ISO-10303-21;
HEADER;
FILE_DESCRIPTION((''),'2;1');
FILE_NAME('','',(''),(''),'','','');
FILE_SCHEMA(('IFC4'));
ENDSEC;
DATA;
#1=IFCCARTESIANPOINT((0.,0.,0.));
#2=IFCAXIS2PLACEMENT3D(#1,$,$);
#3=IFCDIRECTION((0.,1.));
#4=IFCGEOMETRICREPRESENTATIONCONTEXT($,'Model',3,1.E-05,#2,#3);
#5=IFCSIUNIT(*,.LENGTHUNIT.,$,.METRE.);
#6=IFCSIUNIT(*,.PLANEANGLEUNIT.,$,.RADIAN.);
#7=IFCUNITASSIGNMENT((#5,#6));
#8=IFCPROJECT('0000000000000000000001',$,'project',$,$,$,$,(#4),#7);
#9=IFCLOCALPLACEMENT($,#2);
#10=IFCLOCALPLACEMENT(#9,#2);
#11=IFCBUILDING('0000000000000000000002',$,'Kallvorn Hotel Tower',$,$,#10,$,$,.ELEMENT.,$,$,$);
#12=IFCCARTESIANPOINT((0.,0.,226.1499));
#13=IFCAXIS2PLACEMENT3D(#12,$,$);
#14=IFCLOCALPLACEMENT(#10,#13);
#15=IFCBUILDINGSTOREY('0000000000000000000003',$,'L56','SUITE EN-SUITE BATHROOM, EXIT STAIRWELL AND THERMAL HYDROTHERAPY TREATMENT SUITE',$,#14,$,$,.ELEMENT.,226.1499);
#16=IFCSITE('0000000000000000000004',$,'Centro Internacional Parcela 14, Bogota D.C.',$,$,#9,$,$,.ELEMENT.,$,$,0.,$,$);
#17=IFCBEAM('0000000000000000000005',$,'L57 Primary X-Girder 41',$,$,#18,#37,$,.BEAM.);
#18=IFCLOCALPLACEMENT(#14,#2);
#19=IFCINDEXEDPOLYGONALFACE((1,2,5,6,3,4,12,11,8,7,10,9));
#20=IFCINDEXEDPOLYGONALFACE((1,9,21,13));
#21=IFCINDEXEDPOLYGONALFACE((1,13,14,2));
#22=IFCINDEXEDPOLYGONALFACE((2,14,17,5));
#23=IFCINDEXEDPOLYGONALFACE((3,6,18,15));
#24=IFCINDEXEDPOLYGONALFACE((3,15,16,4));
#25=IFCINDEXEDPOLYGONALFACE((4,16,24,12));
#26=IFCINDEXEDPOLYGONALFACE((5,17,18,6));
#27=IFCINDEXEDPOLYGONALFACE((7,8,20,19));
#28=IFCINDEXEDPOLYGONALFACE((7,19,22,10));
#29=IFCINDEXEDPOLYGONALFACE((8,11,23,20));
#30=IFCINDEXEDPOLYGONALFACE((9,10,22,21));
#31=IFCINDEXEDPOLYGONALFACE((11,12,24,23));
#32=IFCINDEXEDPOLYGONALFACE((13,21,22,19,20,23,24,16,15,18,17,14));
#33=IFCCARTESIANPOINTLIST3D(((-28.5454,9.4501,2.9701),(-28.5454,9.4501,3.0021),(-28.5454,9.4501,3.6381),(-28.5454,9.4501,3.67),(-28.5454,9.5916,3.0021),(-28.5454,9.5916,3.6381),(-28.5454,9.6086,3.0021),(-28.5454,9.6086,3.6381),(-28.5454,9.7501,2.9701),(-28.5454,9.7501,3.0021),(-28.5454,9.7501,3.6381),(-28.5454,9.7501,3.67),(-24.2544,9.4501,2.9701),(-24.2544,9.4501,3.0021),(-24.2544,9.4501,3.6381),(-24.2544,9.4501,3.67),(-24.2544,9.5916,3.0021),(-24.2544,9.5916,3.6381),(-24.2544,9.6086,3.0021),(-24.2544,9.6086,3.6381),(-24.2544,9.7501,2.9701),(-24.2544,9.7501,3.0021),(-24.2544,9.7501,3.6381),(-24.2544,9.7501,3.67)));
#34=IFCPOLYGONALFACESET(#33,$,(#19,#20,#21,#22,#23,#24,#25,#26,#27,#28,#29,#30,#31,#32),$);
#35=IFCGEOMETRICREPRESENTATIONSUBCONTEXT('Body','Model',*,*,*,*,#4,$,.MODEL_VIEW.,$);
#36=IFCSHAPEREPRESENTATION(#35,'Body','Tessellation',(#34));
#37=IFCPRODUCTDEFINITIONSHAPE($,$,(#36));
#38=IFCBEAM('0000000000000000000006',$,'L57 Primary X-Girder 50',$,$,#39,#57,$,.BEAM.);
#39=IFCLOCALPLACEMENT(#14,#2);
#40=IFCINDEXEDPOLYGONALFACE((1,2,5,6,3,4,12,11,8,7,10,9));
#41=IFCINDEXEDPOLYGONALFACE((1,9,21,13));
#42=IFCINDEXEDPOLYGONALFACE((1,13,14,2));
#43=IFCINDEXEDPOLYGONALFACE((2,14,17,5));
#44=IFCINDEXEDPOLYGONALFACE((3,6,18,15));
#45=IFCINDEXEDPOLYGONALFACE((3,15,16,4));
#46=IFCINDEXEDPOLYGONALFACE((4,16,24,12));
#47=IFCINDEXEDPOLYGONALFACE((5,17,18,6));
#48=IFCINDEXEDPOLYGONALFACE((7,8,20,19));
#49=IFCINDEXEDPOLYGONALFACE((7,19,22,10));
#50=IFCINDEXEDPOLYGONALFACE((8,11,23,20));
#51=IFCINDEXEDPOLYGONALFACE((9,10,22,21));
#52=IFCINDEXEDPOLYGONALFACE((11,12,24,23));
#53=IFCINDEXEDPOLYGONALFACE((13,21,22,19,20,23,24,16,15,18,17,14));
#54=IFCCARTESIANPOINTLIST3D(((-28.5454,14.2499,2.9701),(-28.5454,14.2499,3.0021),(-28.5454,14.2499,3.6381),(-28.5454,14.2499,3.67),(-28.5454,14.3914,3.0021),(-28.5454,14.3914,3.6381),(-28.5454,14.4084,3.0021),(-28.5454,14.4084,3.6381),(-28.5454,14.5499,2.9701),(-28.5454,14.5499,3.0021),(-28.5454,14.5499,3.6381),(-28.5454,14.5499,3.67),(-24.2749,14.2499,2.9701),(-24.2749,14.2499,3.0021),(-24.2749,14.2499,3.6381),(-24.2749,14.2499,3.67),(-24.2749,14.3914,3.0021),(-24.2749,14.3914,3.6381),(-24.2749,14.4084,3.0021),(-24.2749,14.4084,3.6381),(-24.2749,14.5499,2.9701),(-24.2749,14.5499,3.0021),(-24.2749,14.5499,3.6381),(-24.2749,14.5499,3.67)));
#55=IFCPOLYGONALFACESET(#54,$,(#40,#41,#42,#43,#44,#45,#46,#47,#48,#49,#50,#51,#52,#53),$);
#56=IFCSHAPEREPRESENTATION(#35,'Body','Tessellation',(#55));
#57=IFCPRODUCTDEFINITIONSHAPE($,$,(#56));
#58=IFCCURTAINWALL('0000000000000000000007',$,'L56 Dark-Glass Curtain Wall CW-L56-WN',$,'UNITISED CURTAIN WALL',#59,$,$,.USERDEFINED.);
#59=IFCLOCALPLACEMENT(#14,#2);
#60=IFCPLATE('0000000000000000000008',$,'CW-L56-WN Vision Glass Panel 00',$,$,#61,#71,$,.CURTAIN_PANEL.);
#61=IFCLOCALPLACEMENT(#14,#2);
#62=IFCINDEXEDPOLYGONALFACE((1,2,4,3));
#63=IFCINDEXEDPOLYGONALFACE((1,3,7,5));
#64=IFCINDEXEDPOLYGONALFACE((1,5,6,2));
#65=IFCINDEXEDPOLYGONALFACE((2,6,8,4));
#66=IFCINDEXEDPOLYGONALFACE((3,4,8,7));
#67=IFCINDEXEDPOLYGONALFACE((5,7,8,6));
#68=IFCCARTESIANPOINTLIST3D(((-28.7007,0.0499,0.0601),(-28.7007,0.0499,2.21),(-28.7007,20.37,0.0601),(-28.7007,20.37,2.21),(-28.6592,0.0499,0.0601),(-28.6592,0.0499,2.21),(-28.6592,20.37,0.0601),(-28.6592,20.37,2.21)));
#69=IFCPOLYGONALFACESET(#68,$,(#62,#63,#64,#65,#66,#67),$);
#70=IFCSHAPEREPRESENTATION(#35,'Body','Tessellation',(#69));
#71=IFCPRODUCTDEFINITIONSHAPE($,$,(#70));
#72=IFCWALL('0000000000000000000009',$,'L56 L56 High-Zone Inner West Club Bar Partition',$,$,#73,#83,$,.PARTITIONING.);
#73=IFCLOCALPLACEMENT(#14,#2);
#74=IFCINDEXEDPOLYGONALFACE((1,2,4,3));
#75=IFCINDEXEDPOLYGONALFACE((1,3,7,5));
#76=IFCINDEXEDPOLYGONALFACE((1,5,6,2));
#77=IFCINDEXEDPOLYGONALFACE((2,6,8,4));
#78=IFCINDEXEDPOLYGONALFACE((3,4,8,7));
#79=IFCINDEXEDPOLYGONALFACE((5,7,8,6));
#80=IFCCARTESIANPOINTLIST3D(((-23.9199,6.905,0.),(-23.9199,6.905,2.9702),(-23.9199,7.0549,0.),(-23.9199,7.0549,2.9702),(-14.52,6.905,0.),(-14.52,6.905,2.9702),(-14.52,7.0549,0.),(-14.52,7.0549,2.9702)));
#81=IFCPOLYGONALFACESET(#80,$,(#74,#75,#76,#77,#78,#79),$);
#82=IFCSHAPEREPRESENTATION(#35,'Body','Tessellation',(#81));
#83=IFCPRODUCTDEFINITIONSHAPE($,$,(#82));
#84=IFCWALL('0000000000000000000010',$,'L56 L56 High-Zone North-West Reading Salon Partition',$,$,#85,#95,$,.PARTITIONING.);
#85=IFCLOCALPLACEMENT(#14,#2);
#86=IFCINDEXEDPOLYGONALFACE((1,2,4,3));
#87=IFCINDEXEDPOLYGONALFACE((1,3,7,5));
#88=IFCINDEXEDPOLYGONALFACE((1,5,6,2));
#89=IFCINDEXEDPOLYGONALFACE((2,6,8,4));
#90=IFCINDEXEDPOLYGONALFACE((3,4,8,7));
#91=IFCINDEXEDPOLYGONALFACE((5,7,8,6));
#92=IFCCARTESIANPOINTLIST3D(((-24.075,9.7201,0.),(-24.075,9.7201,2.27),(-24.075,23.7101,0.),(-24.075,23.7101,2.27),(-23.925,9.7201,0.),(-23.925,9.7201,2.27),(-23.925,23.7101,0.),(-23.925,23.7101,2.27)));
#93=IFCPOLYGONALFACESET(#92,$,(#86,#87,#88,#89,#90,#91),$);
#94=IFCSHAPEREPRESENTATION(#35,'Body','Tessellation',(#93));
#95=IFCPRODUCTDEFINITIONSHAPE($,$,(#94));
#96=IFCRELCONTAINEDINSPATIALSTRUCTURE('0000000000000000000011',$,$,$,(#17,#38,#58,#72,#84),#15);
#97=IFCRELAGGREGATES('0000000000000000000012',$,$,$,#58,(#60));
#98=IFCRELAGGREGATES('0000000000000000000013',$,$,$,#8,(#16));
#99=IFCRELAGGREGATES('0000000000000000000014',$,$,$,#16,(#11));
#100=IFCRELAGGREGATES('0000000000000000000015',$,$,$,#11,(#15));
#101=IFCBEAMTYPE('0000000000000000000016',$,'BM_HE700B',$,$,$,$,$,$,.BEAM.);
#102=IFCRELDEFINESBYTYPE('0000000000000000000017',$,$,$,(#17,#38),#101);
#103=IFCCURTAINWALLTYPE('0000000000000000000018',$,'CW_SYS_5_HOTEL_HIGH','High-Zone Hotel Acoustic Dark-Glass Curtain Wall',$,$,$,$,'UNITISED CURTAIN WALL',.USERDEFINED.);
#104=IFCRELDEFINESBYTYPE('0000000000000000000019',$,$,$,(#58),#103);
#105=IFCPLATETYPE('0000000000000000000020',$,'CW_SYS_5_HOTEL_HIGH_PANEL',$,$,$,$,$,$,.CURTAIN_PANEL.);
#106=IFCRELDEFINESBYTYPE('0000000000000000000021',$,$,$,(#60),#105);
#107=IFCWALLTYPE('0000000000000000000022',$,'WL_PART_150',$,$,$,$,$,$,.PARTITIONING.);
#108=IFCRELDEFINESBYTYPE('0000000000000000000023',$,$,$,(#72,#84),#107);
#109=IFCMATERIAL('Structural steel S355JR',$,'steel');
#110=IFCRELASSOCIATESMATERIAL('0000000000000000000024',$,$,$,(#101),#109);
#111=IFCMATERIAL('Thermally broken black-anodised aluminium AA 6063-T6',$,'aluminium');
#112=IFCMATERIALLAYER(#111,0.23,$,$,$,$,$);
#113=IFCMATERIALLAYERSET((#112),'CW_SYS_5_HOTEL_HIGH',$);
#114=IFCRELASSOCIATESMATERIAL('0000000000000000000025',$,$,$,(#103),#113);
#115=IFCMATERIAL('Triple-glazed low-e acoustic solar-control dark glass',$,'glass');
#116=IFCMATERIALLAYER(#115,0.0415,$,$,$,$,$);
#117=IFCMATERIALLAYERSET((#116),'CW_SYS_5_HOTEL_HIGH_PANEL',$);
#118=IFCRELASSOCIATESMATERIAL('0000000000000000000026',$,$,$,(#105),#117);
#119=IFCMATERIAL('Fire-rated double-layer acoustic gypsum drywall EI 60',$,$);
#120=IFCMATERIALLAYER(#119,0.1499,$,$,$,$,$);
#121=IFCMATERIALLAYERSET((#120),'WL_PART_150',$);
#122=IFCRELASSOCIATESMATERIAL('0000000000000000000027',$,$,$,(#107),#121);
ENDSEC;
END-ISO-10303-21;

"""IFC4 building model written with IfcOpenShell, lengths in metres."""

from ifc_helpers import new_model, si_unit, direction, frame, frame_2d, origin, origin_2d, place, context, subcontext, project, spatial, rectangle, i_section, extrude, material, layer, layer_set, material_profile, profile_set, type_object, element, aggregate, save


model = new_model("IFC4")

# Units and contexts
model_context = context("Model", 3, precision=1e-05, world=origin(), true_north=direction((0.0, 1.0)))
body_context = subcontext(model_context, "Body", "Model", "MODEL_VIEW")
ifc_project = project(units=[si_unit("LENGTHUNIT", "METRE"), si_unit("PLANEANGLEUNIT", "RADIAN")], contexts=[model_context])

# Site, building, storey
site_placement = place(None, origin())
site = spatial("IfcSite", under=ifc_project, at=site_placement, Name="Centro Internacional Parcela 14, Bogota D.C.", CompositionType="ELEMENT", RefElevation=0.0)
building_placement = place(site_placement, origin())
building = spatial("IfcBuilding", under=site, at=building_placement, Name="Kallvorn Hotel Tower", CompositionType="ELEMENT")
storey_placement = place(building_placement, frame((0.0, 0.0, 226.1499)))
storey = spatial("IfcBuildingStorey", under=building, at=storey_placement, Name="L56", Description="SUITE EN-SUITE BATHROOM, EXIT STAIRWELL AND THERMAL HYDROTHERAPY TREATMENT SUITE", CompositionType="ELEMENT", Elevation=226.1499)

# Beams
ifc_material_1 = material(Name="Structural steel S355JR", Category="steel")
ifc_material_profile_1 = material_profile(ifc_material_1, i_section(OverallWidth=0.3, OverallDepth=0.7, WebThickness=0.0171, FlangeThickness=0.032, at=origin_2d()), Name="HE 700 B")
ifc_profile_set_1 = profile_set([ifc_material_profile_1], Name="Structural steel S355JR")
beam_type_1 = type_object("IfcBeamType", Name="BM_HE700B", PredefinedType="BEAM", material=ifc_profile_set_1)
beam_1_placement = place(storey_placement, frame((-28.5454, 9.6001, 3.3201), z_axis=(1.0, 0.0, 0.0), x_axis=(0.0, 1.0, 0.0)))
element("IfcBeam", 1, at=beam_1_placement, inside=storey, type_object=beam_type_1, Name="L57 Primary X-Girder 41", PredefinedType="BEAM", context=body_context, shape_type="SweptSolid", body=[
    extrude(i_section(OverallWidth=0.3, OverallDepth=0.7, WebThickness=0.0171, FlangeThickness=0.032, at=origin_2d()), origin(), (0.0, 0.0, 1.0), 4.291),
])
beam_2_placement = place(storey_placement, frame((-28.5454, 14.3999, 3.3201), z_axis=(1.0, 0.0, 0.0), x_axis=(0.0, 1.0, 0.0)))
element("IfcBeam", 2, at=beam_2_placement, inside=storey, type_object=beam_type_1, Name="L57 Primary X-Girder 50", PredefinedType="BEAM", context=body_context, shape_type="SweptSolid", body=[
    extrude(i_section(OverallWidth=0.3, OverallDepth=0.7, WebThickness=0.0171, FlangeThickness=0.032, at=origin_2d()), origin(), (0.0, 0.0, 1.0), 4.2705),
])

# Curtain wall, plate
ifc_material_2 = material(Name="Thermally broken black-anodised aluminium AA 6063-T6", Category="aluminium")
ifc_layer_1 = layer(ifc_material_2, 0.23)
ifc_layer_set_1 = layer_set([ifc_layer_1], Name="CW_SYS_5_HOTEL_HIGH")
curtain_wall_type = type_object("IfcCurtainWallType", Name="CW_SYS_5_HOTEL_HIGH", Description="High-Zone Hotel Acoustic Dark-Glass Curtain Wall", ElementType="UNITISED CURTAIN WALL", PredefinedType="USERDEFINED", material=ifc_layer_set_1)
curtain_wall_placement = place(storey_placement, origin())
curtain_wall = element("IfcCurtainWall", 3, at=curtain_wall_placement, inside=storey, type_object=curtain_wall_type, Name="L56 Dark-Glass Curtain Wall CW-L56-WN", ObjectType="UNITISED CURTAIN WALL", PredefinedType="USERDEFINED")
ifc_material_3 = material(Name="Triple-glazed low-e acoustic solar-control dark glass", Category="glass")
ifc_layer_2 = layer(ifc_material_3, 0.0415)
ifc_layer_set_2 = layer_set([ifc_layer_2], Name="CW_SYS_5_HOTEL_HIGH_PANEL")
plate_type = type_object("IfcPlateType", Name="CW_SYS_5_HOTEL_HIGH_PANEL", PredefinedType="CURTAIN_PANEL", material=ifc_layer_set_2)
plate_placement = place(storey_placement, frame((-28.6799, 10.21, 0.0601), z_axis=(0.0, 0.0, 1.0), x_axis=(0.0, 1.0, 0.0)))
plate = element("IfcPlate", 4, at=plate_placement, type_object=plate_type, Name="CW-L56-WN Vision Glass Panel 00", PredefinedType="CURTAIN_PANEL", context=body_context, shape_type="SweptSolid", body=[
    extrude(rectangle(XDim=20.3201, YDim=0.0415, at=origin_2d()), origin(), (0.0, 0.0, 1.0), 2.1499),
])
aggregate(curtain_wall, [plate])

# Walls
ifc_material_4 = material(Name="Fire-rated double-layer acoustic gypsum drywall EI 60")
ifc_layer_3 = layer(ifc_material_4, 0.1499)
ifc_layer_set_3 = layer_set([ifc_layer_3], Name="WL_PART_150")
wall_type = type_object("IfcWallType", Name="WL_PART_150", PredefinedType="PARTITIONING", material=ifc_layer_set_3)
wall_1_placement = place(storey_placement, frame((-23.9199, 6.98, 0.0), z_axis=(0.0, 0.0, 1.0), x_axis=(1.0, 0.0, 0.0)))
element("IfcWall", 5, at=wall_1_placement, inside=storey, type_object=wall_type, Name="L56 L56 High-Zone Inner West Club Bar Partition", PredefinedType="PARTITIONING", context=body_context, shape_type="SweptSolid", body=[
    extrude(rectangle(XDim=9.3999, YDim=0.1499, at=frame_2d((4.7, 0.0))), origin(), (0.0, 0.0, 1.0), 2.9702),
])
wall_2_placement = place(storey_placement, frame((-24.0, 9.72, 0.0), z_axis=(0.0, 0.0, 1.0), x_axis=(0.0, 1.0, 0.0)))
element("IfcWall", 6, at=wall_2_placement, inside=storey, type_object=wall_type, Name="L56 L56 High-Zone North-West Reading Salon Partition", PredefinedType="PARTITIONING", context=body_context, shape_type="SweptSolid", body=[
    extrude(rectangle(XDim=13.99, YDim=0.1499, at=frame_2d((6.9951, 0.0))), origin(), (0.0, 0.0, 1.0), 2.27),
])

save(model, "model.ifc")
